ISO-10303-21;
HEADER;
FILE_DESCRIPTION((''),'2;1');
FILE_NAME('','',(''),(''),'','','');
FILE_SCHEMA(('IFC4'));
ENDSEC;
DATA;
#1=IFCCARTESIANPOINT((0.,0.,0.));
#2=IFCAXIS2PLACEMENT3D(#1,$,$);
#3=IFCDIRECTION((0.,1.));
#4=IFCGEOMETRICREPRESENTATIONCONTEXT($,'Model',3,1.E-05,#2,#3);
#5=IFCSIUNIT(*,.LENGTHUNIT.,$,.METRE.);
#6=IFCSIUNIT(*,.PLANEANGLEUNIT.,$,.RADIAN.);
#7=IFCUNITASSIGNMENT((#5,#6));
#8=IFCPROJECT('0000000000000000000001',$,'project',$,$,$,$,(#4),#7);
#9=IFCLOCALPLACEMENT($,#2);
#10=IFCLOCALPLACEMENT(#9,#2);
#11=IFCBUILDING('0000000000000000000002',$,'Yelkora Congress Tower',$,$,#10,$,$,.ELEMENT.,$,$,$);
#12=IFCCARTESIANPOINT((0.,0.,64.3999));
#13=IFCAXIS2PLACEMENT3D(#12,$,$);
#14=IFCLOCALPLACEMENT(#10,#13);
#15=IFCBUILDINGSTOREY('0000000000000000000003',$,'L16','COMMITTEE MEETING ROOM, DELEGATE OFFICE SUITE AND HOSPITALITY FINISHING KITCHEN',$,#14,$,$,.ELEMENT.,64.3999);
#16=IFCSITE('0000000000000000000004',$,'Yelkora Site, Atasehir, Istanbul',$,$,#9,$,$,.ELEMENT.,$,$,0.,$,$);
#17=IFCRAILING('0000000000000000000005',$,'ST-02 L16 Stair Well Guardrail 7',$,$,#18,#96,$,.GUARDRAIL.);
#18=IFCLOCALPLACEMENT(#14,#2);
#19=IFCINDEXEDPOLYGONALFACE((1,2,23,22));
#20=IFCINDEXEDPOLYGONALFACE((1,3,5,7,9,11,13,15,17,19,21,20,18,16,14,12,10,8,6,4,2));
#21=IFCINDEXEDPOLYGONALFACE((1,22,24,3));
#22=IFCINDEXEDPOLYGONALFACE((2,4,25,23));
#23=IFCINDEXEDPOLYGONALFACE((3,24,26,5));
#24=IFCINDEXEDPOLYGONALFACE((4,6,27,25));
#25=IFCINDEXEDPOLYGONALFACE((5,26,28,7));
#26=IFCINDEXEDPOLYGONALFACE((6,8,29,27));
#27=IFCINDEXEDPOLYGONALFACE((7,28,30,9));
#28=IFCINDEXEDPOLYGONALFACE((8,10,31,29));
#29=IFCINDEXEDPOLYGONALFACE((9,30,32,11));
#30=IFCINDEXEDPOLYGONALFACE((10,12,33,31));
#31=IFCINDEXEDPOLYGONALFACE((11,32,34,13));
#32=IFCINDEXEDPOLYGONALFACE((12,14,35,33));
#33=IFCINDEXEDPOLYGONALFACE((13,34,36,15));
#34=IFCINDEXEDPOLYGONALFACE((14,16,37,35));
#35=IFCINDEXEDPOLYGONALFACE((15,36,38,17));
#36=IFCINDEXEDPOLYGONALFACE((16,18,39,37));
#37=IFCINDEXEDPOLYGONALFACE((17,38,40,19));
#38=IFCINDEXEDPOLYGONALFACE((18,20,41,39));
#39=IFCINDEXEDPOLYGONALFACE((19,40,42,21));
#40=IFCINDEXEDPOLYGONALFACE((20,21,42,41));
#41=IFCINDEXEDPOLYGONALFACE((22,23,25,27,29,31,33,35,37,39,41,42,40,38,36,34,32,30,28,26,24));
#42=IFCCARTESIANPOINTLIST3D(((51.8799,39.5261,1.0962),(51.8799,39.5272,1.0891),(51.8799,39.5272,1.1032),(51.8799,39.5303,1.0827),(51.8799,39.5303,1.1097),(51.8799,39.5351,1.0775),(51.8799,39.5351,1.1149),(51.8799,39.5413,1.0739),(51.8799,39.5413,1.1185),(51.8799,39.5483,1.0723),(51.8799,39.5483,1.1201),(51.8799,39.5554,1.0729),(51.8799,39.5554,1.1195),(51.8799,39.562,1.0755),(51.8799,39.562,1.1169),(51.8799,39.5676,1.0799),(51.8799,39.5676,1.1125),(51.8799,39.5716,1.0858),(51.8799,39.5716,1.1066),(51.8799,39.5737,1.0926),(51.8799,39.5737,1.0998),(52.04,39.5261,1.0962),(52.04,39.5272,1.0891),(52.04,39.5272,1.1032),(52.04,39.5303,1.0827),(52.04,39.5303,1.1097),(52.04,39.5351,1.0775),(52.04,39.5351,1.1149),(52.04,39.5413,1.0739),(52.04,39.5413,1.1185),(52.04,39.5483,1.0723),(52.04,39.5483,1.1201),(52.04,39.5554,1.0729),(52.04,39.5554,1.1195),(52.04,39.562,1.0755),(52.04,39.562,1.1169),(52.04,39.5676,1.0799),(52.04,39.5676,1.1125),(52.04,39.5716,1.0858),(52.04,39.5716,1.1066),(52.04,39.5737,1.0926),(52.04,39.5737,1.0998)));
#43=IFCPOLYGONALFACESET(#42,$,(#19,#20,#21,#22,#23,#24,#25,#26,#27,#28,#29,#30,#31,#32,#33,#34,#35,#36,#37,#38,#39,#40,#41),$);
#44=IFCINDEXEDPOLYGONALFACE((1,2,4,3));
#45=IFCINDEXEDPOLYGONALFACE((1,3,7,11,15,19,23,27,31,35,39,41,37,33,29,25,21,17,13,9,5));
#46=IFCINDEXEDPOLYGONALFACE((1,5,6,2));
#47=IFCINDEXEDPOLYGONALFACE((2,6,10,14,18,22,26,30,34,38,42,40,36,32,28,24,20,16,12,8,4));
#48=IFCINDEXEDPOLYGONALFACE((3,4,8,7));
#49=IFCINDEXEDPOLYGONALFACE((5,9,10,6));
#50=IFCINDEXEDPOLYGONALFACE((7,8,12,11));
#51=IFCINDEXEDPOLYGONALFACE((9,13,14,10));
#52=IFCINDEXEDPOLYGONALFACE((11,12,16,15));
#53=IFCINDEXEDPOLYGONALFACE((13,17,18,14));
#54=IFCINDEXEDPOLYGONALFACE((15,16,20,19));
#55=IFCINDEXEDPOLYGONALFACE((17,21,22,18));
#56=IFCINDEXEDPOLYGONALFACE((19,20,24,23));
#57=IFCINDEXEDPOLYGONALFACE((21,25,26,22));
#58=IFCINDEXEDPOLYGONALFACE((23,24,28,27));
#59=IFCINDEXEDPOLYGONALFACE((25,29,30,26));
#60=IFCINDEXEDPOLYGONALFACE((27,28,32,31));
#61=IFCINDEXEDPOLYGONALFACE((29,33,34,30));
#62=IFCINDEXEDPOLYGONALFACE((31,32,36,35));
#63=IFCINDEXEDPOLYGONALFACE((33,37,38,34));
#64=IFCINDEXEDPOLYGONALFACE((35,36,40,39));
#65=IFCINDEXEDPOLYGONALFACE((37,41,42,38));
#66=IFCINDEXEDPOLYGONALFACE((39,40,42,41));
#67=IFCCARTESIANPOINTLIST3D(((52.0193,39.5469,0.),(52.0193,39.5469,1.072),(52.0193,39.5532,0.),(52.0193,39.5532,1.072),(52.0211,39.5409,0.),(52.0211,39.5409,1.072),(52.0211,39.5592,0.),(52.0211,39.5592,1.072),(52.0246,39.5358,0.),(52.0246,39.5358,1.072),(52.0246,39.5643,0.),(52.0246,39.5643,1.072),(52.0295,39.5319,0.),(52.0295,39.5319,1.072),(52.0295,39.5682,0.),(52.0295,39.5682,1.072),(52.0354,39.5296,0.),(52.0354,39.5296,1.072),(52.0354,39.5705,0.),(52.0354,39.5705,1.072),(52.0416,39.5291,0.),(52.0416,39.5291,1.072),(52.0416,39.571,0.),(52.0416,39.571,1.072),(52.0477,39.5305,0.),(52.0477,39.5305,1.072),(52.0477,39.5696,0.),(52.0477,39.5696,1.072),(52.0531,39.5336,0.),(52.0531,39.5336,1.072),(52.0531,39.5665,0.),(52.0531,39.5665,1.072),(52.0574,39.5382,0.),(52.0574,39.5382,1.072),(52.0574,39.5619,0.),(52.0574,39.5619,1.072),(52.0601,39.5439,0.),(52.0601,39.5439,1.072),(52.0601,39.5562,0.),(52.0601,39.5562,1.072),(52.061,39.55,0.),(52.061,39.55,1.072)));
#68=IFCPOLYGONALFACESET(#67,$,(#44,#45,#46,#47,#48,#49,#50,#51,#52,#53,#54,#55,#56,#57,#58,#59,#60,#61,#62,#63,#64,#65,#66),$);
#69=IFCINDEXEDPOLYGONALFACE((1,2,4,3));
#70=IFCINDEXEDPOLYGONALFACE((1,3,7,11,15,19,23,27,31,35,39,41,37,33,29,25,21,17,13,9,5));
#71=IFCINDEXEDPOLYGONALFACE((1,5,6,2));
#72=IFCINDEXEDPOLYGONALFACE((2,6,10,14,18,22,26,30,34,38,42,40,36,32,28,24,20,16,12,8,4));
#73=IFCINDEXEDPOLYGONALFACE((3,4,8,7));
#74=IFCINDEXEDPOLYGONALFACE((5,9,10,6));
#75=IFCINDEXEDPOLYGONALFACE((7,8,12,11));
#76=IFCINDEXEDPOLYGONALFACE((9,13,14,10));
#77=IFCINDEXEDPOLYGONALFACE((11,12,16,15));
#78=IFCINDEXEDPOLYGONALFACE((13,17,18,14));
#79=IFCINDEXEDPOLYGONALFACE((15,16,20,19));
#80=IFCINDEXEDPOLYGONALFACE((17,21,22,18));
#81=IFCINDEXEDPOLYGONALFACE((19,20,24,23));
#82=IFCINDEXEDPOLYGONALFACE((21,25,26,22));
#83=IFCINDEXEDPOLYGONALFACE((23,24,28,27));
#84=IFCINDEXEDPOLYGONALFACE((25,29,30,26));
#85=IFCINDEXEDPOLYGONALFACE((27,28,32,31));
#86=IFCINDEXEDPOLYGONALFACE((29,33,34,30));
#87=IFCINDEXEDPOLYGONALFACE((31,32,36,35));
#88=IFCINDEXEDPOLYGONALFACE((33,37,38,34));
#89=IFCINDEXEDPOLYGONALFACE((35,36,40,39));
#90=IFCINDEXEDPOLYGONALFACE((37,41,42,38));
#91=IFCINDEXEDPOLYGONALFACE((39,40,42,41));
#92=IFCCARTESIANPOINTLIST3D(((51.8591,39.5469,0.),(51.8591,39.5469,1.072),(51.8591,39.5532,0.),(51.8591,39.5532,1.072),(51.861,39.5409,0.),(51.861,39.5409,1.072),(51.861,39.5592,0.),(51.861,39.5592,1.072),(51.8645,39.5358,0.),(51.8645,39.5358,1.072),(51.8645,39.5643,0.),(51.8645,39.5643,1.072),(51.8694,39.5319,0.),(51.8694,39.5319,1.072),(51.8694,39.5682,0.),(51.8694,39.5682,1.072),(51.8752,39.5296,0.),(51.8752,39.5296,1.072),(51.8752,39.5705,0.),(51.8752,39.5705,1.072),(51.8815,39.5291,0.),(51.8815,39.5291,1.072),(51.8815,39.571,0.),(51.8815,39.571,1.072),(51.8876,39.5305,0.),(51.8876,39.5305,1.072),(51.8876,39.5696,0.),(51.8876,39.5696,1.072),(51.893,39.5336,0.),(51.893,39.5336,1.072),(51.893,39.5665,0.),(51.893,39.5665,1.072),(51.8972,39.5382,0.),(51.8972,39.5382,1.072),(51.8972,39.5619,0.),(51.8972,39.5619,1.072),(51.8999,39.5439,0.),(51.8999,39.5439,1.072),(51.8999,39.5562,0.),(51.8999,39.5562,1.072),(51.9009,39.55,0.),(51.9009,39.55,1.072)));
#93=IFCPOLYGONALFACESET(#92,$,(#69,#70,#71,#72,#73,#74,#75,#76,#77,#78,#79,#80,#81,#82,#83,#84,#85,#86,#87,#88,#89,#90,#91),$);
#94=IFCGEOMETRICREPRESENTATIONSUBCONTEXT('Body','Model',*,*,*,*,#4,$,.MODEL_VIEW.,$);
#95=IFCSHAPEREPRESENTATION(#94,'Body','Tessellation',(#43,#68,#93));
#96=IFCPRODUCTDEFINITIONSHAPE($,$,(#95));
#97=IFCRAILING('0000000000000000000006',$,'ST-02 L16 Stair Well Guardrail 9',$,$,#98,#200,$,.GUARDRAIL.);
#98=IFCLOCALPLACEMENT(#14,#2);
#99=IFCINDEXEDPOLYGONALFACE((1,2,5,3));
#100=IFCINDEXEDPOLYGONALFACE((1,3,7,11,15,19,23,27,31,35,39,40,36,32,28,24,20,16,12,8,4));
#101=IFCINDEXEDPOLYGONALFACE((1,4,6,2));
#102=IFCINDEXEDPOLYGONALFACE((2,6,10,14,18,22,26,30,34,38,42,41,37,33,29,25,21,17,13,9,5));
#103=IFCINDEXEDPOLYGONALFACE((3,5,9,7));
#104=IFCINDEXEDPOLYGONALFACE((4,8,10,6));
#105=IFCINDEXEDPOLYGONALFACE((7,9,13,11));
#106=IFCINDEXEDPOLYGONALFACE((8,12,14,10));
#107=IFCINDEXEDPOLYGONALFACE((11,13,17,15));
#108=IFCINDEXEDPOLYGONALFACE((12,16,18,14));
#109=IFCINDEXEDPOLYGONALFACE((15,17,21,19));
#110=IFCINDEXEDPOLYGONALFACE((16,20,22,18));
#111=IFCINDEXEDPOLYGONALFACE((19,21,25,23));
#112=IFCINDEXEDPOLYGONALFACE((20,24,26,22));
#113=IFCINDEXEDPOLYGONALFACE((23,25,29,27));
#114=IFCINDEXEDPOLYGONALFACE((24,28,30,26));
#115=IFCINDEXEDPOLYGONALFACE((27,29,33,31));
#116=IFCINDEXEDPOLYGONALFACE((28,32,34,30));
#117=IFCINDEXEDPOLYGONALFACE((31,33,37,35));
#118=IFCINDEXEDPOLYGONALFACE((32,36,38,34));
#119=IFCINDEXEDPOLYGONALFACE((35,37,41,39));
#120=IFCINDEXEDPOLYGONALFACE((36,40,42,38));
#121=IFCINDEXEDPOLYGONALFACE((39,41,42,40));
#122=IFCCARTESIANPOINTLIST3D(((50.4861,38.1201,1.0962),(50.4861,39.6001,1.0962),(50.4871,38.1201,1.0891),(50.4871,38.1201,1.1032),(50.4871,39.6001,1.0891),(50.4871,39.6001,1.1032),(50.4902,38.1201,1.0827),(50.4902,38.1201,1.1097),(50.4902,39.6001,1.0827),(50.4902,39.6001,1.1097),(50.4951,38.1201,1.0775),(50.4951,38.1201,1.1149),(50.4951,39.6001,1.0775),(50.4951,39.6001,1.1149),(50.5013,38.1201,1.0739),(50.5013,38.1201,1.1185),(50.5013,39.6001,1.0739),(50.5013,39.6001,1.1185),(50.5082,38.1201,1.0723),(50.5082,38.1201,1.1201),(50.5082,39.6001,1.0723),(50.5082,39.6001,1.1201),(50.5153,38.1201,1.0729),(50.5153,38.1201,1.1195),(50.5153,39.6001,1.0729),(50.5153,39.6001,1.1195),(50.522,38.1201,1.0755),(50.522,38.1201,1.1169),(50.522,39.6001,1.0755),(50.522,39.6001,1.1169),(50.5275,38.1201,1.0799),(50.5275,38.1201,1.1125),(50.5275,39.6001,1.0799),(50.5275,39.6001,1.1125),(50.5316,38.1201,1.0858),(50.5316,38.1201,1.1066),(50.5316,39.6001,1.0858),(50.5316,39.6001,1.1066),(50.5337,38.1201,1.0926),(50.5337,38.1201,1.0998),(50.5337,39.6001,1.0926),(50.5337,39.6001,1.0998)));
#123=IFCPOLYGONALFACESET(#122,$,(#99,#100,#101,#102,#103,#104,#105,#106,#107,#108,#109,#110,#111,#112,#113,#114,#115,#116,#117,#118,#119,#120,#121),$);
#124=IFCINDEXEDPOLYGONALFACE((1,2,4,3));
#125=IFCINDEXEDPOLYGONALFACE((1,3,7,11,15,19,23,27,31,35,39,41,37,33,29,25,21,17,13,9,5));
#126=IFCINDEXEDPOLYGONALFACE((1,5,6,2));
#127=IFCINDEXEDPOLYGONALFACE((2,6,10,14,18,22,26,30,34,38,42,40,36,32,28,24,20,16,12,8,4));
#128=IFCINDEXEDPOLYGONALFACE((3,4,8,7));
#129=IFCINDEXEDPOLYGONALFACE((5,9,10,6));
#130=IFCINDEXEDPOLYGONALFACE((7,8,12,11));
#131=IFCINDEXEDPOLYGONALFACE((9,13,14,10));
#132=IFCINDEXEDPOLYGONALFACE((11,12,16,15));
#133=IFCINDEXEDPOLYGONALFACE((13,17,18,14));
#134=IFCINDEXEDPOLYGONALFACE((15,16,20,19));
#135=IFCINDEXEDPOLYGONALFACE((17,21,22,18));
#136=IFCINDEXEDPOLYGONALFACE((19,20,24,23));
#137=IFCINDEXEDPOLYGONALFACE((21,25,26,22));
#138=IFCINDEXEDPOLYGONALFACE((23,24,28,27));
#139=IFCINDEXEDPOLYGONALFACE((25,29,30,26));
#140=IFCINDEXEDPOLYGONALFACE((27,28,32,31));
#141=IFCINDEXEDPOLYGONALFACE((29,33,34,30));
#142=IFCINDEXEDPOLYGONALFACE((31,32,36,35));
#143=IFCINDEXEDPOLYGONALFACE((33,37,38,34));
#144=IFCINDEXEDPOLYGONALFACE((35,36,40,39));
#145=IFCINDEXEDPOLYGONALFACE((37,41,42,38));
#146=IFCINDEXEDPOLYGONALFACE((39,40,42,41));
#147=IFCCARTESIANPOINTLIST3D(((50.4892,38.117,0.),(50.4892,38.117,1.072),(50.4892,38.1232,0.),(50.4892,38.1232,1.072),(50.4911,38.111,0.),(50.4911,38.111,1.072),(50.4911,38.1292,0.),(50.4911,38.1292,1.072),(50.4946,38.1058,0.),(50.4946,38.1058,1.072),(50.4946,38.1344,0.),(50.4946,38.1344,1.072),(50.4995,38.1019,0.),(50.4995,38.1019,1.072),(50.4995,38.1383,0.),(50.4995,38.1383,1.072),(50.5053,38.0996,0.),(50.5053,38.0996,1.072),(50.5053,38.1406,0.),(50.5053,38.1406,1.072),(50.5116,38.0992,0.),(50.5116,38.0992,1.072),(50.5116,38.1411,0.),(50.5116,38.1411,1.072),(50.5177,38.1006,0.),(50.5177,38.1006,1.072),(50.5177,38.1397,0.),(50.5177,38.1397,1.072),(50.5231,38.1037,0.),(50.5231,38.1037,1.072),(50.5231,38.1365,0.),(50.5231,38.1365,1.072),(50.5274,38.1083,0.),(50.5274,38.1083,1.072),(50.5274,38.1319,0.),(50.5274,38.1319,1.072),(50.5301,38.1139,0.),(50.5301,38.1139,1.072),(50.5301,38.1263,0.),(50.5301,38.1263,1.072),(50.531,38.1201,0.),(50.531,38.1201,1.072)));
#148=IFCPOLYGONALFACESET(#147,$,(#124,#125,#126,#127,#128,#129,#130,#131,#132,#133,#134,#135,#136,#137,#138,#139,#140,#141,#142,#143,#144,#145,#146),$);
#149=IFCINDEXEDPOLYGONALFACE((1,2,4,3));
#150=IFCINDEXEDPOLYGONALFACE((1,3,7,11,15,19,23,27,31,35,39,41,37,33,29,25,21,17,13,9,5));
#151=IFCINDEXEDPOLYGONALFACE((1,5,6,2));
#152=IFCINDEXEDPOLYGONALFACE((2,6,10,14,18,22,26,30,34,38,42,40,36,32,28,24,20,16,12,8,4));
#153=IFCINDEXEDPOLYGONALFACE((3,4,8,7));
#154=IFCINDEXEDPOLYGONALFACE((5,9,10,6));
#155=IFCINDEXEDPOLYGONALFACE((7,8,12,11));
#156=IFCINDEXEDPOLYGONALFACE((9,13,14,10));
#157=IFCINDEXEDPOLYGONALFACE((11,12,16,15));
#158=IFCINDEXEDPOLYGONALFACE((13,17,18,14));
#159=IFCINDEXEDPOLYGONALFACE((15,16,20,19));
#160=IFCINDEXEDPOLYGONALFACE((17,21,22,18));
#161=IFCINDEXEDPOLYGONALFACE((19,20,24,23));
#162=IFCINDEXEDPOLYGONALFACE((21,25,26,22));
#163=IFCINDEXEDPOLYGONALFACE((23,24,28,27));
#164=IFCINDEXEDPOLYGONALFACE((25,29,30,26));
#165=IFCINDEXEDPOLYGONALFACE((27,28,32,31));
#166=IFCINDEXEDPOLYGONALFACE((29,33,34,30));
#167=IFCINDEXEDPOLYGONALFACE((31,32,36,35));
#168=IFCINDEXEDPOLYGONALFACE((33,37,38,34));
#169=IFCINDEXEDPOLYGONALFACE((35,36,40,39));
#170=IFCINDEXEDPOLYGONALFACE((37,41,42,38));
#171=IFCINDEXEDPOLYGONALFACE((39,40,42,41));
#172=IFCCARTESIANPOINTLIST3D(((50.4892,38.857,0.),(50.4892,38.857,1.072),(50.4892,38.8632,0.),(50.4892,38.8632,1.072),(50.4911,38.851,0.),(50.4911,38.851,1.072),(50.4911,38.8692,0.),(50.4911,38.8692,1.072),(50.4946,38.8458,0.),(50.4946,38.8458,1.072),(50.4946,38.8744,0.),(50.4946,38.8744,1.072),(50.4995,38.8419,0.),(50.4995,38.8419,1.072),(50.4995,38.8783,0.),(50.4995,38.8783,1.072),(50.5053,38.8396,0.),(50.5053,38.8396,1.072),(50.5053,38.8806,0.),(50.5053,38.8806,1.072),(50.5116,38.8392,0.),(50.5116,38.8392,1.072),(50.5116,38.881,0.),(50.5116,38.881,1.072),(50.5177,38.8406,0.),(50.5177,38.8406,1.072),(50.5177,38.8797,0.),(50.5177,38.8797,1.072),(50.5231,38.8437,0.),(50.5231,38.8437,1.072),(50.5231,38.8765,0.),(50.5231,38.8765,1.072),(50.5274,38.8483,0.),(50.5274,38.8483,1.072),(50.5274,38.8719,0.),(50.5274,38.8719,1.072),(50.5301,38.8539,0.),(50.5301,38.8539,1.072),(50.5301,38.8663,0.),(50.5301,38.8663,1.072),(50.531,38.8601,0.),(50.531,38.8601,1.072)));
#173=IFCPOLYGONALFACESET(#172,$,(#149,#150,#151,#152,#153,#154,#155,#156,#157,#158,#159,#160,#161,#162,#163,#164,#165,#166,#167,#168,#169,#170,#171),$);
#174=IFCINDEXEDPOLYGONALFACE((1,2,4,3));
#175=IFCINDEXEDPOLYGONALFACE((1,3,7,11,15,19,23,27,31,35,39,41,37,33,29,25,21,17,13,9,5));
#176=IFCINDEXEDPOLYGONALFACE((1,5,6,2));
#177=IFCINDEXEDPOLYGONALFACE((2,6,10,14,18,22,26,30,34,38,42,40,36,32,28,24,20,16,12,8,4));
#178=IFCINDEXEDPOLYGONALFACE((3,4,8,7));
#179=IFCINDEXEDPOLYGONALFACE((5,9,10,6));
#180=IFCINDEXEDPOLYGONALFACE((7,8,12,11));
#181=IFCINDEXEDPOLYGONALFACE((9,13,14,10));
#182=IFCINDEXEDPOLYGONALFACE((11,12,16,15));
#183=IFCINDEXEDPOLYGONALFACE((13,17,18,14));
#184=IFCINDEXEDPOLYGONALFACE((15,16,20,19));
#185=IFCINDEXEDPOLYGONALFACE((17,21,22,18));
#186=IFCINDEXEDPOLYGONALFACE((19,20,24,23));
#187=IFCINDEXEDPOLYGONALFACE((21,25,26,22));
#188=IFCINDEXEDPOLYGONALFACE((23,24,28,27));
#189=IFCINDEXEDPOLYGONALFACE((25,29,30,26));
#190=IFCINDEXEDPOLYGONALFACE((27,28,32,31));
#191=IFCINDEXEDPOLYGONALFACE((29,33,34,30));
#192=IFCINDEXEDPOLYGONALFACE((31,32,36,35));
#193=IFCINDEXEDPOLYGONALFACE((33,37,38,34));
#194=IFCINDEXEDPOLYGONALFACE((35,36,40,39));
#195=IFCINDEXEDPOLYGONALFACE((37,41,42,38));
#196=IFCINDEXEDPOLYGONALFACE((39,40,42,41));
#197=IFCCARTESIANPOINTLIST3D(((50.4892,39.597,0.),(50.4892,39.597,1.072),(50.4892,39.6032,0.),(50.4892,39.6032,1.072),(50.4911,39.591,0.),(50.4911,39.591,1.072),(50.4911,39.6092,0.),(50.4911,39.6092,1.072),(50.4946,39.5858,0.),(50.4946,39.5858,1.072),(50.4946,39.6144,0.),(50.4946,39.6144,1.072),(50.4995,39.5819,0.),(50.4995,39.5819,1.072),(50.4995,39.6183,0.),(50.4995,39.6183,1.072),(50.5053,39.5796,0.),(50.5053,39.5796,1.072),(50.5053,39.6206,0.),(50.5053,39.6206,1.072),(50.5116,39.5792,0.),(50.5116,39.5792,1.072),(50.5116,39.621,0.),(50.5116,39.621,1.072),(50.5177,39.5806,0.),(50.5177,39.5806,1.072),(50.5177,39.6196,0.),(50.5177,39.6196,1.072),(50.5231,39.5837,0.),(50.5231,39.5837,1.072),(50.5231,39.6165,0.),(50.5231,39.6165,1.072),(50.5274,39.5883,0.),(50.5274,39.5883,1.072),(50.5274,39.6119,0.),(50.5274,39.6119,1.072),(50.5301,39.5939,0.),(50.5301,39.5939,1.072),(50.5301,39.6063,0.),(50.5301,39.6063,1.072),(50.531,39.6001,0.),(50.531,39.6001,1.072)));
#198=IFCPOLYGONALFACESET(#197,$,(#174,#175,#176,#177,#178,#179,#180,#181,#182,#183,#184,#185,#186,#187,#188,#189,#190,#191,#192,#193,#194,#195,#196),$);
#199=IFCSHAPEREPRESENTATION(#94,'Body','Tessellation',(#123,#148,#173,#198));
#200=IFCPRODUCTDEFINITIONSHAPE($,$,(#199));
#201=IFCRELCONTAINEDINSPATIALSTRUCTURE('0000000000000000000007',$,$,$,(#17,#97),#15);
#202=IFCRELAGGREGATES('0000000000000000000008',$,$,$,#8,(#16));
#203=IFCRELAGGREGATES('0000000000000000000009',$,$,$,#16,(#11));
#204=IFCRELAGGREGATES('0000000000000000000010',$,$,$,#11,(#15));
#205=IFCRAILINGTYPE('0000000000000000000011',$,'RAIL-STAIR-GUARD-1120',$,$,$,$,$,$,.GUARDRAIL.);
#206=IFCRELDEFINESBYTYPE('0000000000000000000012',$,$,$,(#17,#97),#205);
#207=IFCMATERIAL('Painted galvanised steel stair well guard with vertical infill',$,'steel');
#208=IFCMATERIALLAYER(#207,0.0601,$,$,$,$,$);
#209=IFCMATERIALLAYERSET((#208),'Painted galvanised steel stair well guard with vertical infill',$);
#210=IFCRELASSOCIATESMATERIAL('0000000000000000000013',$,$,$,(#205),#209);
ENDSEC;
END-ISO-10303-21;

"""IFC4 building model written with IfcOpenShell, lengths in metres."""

from ifc_helpers import new_model, si_unit, direction, frame, origin, origin_2d, place, context, subcontext, project, spatial, circle, extrude, material, layer, layer_set, type_object, element, save


model = new_model("IFC4")

# Units and contexts
model_context = context("Model", 3, precision=1e-05, world=origin(), true_north=direction((0.0, 1.0)))
body_context = subcontext(model_context, "Body", "Model", "MODEL_VIEW")
ifc_project = project(units=[si_unit("LENGTHUNIT", "METRE"), si_unit("PLANEANGLEUNIT", "RADIAN")], contexts=[model_context])

# Site, building, storey
site_placement = place(None, origin())
site = spatial("IfcSite", under=ifc_project, at=site_placement, Name="Yelkora Site, Atasehir, Istanbul", CompositionType="ELEMENT", RefElevation=0.0)
building_placement = place(site_placement, origin())
building = spatial("IfcBuilding", under=site, at=building_placement, Name="Yelkora Congress Tower", CompositionType="ELEMENT")
storey_placement = place(building_placement, frame((0.0, 0.0, 64.3999)))
storey = spatial("IfcBuildingStorey", under=building, at=storey_placement, Name="L16", Description="COMMITTEE MEETING ROOM, DELEGATE OFFICE SUITE AND HOSPITALITY FINISHING KITCHEN", CompositionType="ELEMENT", Elevation=64.3999)

# Railings
ifc_material_1 = material(Name="Painted galvanised steel stair well guard with vertical infill", Category="steel")
ifc_layer_1 = layer(ifc_material_1, 0.0601)
ifc_layer_set_1 = layer_set([ifc_layer_1], Name="Painted galvanised steel stair well guard with vertical infill")
railing_type_1 = type_object("IfcRailingType", Name="RAIL-STAIR-GUARD-1120", PredefinedType="GUARDRAIL", material=ifc_layer_set_1)
railing_1_placement = place(storey_placement, frame((52.04, 39.55, 0.0)))
element("IfcRailing", 1, at=railing_1_placement, inside=storey, type_object=railing_type_1, Name="ST-02 L16 Stair Well Guardrail 7", PredefinedType="GUARDRAIL", context=body_context, shape_type="SweptSolid", body=[
    extrude(circle(Radius=0.0239, at=origin_2d()), frame((0.0, 0.0, 1.0962), z_axis=(-1.0, 0.0, 0.0), x_axis=(0.0, -1.0, 0.0)), (0.0, 0.0, 1.0), 0.1602),
    extrude(circle(Radius=0.021, at=origin_2d()), origin(), (0.0, 0.0, 1.0), 1.072),
    extrude(circle(Radius=0.021, at=origin_2d()), frame((-0.1602, 0.0, 0.0)), (0.0, 0.0, 1.0), 1.072),
])
railing_2_placement = place(storey_placement, frame((50.51, 38.1201, 0.0)))
element("IfcRailing", 2, at=railing_2_placement, inside=storey, type_object=railing_type_1, Name="ST-02 L16 Stair Well Guardrail 9", PredefinedType="GUARDRAIL", context=body_context, shape_type="SweptSolid", body=[
    extrude(circle(Radius=0.0239, at=origin_2d()), frame((0.0, 0.0, 1.0962), z_axis=(0.0, 1.0, 0.0), x_axis=(-1.0, 0.0, 0.0)), (0.0, 0.0, 1.0), 1.48),
    extrude(circle(Radius=0.021, at=origin_2d()), origin(), (0.0, 0.0, 1.0), 1.072),
    extrude(circle(Radius=0.021, at=origin_2d()), frame((0.0, 0.74, 0.0)), (0.0, 0.0, 1.0), 1.072),
    extrude(circle(Radius=0.021, at=origin_2d()), frame((0.0, 1.48, 0.0)), (0.0, 0.0, 1.0), 1.072),
])

save(model, "model.ifc")
